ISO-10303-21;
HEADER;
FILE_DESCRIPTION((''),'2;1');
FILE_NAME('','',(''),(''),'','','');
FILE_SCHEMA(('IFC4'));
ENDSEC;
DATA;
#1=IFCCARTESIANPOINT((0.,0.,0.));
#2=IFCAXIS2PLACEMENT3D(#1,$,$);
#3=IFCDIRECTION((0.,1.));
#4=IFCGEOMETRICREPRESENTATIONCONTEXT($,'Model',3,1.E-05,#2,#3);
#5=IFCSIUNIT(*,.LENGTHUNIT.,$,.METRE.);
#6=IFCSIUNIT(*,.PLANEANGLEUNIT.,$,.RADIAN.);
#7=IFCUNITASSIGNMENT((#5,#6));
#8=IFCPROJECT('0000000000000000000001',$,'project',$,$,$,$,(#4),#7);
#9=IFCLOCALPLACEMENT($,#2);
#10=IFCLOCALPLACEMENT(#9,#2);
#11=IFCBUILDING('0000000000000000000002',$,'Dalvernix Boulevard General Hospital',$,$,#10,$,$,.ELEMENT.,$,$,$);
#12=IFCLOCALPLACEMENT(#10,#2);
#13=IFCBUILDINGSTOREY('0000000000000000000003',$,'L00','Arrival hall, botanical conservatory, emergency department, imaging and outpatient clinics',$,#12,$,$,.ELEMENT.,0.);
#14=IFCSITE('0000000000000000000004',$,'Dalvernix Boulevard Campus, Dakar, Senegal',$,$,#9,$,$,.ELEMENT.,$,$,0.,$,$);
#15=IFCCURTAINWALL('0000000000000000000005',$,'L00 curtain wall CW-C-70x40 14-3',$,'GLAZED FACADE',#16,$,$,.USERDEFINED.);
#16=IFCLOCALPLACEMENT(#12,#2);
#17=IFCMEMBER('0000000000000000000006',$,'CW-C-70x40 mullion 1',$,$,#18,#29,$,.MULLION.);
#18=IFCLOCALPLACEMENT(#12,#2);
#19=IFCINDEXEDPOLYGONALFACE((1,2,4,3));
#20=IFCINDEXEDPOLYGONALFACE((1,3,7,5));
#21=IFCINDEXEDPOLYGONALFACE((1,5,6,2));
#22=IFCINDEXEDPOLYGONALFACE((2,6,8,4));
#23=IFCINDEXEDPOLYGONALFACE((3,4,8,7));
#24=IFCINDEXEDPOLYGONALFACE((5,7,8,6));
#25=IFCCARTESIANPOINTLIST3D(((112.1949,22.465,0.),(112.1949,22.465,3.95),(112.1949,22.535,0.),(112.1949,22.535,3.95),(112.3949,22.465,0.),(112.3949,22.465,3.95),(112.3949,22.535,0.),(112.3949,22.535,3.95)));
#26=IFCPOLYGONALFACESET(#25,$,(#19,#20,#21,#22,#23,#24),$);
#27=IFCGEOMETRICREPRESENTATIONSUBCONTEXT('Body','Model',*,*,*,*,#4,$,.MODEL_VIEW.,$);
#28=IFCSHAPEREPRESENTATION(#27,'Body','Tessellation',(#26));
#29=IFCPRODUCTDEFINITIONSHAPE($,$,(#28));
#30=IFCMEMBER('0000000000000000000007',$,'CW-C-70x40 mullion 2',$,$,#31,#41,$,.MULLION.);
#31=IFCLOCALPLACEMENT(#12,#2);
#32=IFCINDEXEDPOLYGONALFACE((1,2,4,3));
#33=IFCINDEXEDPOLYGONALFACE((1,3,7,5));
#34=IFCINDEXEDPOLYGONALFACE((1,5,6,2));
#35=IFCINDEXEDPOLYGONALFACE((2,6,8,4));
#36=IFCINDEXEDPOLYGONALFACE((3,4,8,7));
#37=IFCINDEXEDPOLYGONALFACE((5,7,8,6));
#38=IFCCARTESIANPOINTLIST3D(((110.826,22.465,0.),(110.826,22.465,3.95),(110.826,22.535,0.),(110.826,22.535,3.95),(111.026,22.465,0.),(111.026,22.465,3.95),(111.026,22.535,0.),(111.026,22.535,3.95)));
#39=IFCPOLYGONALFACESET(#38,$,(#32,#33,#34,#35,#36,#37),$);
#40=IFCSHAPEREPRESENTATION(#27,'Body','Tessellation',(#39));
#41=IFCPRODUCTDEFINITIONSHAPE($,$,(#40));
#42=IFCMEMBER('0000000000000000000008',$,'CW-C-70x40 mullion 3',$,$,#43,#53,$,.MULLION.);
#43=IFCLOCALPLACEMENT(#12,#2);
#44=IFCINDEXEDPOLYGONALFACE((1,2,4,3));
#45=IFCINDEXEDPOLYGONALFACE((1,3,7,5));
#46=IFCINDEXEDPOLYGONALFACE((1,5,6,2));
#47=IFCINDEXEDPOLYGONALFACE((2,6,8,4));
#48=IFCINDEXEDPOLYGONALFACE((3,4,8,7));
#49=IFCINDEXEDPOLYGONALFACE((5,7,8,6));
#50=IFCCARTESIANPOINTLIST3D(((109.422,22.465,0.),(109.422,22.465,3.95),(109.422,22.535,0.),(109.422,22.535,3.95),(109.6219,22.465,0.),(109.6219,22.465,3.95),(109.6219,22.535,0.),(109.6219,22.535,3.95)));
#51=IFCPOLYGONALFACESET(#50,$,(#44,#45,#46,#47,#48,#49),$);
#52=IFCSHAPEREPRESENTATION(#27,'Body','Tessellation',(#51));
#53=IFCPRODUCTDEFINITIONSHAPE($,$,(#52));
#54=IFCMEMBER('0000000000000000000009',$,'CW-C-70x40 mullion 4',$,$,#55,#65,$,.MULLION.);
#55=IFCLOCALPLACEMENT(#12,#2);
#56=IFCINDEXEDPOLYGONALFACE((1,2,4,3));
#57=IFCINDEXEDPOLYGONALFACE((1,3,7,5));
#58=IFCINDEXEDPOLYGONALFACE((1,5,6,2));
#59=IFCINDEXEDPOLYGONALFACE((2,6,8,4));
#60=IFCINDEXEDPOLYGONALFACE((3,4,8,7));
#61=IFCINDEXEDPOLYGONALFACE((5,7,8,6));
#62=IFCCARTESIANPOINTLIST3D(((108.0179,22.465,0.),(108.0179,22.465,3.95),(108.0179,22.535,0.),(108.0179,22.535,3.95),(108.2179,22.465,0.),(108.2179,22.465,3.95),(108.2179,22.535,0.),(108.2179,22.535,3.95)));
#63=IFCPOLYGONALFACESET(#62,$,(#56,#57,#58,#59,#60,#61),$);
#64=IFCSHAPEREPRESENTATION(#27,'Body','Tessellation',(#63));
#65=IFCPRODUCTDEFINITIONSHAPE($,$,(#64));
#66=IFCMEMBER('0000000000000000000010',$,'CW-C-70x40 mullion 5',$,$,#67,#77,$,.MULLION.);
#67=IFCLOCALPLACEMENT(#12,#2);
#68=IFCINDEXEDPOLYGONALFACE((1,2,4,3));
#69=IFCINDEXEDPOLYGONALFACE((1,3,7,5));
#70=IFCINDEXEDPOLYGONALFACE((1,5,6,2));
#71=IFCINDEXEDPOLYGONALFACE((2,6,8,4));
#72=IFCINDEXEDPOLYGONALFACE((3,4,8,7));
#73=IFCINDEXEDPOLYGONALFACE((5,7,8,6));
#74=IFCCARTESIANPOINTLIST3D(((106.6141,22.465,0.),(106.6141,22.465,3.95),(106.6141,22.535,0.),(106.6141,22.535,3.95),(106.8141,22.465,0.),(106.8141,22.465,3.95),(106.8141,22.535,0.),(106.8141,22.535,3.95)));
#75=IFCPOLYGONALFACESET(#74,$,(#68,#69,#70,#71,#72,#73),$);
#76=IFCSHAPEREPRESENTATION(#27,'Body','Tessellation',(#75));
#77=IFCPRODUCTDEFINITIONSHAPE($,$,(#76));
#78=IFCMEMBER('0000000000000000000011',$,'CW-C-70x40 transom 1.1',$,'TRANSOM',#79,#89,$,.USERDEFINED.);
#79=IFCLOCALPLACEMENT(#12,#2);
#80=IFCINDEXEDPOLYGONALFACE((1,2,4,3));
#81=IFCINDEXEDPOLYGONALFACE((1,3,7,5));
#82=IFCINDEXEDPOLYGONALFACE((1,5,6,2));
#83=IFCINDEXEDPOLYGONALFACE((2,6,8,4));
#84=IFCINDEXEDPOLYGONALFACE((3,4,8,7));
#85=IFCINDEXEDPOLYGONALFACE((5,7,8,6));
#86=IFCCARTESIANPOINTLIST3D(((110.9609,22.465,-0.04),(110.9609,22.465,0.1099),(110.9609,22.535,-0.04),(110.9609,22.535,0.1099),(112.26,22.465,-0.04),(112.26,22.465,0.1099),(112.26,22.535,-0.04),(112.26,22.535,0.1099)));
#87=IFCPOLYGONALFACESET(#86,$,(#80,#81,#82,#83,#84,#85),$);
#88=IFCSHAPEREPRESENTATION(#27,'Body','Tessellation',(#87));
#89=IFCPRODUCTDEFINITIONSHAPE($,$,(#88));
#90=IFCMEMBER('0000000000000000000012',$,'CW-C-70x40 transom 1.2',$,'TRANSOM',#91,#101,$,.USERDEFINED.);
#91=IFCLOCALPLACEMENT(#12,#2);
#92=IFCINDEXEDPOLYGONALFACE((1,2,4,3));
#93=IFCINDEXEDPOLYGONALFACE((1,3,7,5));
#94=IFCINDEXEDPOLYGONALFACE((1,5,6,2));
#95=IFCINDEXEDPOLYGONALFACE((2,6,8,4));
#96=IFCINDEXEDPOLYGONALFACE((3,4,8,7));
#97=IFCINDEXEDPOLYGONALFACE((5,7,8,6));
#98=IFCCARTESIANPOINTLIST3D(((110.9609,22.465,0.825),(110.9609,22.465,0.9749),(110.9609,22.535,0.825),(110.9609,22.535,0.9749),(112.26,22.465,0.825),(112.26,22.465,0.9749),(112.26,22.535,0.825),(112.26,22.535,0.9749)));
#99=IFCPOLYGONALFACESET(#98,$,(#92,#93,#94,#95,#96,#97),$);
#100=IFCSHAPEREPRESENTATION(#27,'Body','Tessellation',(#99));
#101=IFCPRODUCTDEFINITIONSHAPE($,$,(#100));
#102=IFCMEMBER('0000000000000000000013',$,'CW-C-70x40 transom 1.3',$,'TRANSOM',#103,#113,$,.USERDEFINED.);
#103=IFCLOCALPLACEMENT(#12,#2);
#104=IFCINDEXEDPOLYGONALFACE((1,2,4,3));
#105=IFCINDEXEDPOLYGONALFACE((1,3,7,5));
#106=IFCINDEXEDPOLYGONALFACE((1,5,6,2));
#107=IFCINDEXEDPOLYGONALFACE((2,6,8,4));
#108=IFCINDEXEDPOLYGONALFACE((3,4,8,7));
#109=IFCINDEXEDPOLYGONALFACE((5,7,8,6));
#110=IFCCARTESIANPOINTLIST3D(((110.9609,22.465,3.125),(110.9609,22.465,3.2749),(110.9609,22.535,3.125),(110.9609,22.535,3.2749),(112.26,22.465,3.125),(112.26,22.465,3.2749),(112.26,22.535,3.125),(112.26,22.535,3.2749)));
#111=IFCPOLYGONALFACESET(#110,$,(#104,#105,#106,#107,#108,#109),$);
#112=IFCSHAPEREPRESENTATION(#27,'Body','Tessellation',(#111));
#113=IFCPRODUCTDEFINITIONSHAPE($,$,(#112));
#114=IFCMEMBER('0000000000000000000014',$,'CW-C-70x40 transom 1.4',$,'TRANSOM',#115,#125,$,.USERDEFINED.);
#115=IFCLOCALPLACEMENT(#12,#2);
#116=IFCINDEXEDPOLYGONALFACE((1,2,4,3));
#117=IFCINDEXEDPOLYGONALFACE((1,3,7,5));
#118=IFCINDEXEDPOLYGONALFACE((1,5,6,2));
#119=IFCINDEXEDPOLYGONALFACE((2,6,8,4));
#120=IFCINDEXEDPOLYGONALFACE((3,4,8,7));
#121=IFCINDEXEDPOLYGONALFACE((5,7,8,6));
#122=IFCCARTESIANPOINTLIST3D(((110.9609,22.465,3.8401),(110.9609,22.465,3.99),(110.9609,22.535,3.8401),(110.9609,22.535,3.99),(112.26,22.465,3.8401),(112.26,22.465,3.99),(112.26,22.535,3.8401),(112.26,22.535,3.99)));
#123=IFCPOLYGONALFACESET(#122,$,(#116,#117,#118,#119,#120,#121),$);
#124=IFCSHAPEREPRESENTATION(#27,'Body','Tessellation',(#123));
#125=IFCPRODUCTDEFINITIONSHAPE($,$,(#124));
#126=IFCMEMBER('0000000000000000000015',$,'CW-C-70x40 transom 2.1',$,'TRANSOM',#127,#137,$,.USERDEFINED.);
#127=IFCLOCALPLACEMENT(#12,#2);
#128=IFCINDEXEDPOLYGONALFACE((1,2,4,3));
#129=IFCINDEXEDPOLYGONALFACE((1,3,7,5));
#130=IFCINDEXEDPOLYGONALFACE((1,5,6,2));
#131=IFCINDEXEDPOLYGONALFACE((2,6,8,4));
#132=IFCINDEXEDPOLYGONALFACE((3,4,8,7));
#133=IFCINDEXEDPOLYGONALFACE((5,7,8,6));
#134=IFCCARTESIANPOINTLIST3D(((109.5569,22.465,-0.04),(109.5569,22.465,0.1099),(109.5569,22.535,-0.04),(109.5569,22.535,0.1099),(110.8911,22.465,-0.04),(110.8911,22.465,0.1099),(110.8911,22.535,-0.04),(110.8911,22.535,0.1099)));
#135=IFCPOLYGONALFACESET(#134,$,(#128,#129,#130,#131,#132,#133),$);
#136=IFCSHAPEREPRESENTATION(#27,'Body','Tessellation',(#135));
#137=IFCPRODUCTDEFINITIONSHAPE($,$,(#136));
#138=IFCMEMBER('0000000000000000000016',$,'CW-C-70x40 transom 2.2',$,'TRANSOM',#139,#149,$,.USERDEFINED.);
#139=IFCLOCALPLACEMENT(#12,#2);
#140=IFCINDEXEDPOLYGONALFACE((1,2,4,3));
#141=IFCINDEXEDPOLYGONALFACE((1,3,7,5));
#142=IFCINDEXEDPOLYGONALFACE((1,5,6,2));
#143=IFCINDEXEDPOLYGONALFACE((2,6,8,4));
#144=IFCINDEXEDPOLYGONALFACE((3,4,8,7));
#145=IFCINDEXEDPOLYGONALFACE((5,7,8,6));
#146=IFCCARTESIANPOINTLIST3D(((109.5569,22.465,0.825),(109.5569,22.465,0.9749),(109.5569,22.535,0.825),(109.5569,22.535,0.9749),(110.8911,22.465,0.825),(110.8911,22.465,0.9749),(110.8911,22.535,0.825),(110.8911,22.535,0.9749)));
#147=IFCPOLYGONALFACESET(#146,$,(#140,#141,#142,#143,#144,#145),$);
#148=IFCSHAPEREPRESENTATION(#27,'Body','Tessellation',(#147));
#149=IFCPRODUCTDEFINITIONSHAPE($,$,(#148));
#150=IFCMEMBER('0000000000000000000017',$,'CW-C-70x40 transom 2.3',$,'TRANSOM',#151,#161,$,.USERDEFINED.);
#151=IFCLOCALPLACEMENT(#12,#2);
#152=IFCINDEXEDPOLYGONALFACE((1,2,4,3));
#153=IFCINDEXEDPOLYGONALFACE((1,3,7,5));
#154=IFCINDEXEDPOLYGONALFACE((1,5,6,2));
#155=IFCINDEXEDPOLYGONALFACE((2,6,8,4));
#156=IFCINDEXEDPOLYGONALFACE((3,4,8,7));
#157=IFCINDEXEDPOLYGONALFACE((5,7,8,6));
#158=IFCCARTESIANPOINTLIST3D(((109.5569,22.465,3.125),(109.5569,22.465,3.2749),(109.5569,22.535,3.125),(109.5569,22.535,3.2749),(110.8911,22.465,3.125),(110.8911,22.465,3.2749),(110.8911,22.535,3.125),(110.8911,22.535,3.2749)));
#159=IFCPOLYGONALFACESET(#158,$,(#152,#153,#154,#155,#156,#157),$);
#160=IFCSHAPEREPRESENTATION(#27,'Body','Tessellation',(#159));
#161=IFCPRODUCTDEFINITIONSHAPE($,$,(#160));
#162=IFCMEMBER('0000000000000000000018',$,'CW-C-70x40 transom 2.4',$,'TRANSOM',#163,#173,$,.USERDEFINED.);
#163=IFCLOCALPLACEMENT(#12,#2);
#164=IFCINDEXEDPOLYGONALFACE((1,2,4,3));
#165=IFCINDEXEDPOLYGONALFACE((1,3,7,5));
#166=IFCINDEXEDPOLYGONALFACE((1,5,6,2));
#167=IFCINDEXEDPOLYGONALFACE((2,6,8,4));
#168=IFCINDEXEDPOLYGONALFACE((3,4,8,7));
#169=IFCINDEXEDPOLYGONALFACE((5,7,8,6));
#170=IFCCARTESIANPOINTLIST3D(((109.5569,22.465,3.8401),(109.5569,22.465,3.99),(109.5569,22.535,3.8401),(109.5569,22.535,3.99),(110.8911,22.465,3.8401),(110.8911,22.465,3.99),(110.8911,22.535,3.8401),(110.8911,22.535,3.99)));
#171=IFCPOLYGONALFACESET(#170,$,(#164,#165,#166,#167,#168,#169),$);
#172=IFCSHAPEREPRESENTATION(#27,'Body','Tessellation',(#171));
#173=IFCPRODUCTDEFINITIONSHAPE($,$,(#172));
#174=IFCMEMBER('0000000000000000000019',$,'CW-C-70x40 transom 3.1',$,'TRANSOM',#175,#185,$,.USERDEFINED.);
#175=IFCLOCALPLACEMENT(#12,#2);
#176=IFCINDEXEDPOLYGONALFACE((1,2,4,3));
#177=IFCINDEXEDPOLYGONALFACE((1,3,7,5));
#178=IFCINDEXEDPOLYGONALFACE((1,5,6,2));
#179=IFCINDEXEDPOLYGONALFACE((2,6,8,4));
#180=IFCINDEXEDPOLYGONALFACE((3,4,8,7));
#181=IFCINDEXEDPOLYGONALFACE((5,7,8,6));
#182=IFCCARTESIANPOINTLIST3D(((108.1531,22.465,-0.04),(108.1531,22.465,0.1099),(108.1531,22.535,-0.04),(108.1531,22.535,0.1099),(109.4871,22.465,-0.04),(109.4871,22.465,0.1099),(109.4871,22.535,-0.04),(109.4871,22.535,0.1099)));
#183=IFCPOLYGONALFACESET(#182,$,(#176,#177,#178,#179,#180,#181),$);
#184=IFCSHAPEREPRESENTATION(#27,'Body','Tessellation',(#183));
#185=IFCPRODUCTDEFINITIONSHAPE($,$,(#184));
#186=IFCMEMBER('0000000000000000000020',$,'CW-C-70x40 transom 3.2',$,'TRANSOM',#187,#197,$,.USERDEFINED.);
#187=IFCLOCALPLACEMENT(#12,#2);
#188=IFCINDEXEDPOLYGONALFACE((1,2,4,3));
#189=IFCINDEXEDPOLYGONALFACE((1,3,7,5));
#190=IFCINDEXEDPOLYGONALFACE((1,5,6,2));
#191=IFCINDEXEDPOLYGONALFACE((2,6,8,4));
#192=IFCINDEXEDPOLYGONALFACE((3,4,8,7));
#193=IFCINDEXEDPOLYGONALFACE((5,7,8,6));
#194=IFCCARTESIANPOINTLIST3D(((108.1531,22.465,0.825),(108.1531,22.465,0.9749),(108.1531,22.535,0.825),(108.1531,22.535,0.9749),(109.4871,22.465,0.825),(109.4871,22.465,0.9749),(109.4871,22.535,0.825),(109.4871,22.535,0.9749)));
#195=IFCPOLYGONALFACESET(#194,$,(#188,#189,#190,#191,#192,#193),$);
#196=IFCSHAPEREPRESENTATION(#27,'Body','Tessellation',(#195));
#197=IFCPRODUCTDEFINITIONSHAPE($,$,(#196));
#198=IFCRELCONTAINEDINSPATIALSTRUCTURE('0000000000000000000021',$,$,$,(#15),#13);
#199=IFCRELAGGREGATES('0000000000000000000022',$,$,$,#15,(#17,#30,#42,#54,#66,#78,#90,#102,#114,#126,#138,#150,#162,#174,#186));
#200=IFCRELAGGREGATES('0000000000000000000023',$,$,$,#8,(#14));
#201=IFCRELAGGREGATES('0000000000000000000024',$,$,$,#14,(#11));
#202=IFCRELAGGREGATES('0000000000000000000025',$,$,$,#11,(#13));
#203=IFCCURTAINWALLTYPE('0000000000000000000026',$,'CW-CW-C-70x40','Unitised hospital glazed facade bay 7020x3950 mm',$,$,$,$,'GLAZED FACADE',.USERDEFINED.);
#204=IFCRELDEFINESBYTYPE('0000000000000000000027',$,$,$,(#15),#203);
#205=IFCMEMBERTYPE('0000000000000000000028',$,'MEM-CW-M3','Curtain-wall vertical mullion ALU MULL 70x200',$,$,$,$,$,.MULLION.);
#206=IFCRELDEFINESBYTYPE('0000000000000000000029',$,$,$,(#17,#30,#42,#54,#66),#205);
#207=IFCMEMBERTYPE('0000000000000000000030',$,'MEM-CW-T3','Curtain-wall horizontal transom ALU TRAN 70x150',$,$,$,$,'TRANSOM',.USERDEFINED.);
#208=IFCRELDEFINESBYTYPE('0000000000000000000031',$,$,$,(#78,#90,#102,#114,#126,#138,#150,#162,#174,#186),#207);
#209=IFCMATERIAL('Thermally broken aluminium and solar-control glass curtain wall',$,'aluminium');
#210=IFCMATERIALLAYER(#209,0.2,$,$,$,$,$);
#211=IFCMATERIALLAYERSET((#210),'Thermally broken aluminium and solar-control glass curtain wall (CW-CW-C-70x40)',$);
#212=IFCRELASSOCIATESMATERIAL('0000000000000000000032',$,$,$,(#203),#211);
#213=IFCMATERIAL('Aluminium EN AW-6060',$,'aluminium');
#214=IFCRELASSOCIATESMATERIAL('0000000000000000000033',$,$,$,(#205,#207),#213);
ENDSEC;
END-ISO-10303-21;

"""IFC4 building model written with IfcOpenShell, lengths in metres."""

from ifc_helpers import new_model, si_unit, direction, frame, origin, origin_2d, place, context, subcontext, project, spatial, rectangle, extrude, material, layer, layer_set, material_profile, profile_set, type_object, element, aggregate, save


model = new_model("IFC4")

# Units and contexts
model_context = context("Model", 3, precision=1e-05, world=origin(), true_north=direction((0.0, 1.0)))
body_context = subcontext(model_context, "Body", "Model", "MODEL_VIEW")
ifc_project = project(units=[si_unit("LENGTHUNIT", "METRE"), si_unit("PLANEANGLEUNIT", "RADIAN")], contexts=[model_context])

# Site, building, storey
site_placement = place(None, origin())
site = spatial("IfcSite", under=ifc_project, at=site_placement, Name="Dalvernix Boulevard Campus, Dakar, Senegal", CompositionType="ELEMENT", RefElevation=0.0)
building_placement = place(site_placement, origin())
building = spatial("IfcBuilding", under=site, at=building_placement, Name="Dalvernix Boulevard General Hospital", CompositionType="ELEMENT")
storey_placement = place(building_placement, origin())
storey = spatial("IfcBuildingStorey", under=building, at=storey_placement, Name="L00", Description="Arrival hall, botanical conservatory, emergency department, imaging and outpatient clinics", CompositionType="ELEMENT", Elevation=0.0)

# Curtain wall, members
ifc_material_1 = material(Name="Thermally broken aluminium and solar-control glass curtain wall", Category="aluminium")
ifc_layer_1 = layer(ifc_material_1, 0.2)
ifc_layer_set_1 = layer_set([ifc_layer_1], Name="Thermally broken aluminium and solar-control glass curtain wall (CW-CW-C-70x40)")
curtain_wall_type = type_object("IfcCurtainWallType", Name="CW-CW-C-70x40", Description="Unitised hospital glazed facade bay 7020x3950 mm", ElementType="GLAZED FACADE", PredefinedType="USERDEFINED", material=ifc_layer_set_1)
curtain_wall_placement = place(storey_placement, origin())
curtain_wall = element("IfcCurtainWall", 1, at=curtain_wall_placement, inside=storey, type_object=curtain_wall_type, Name="L00 curtain wall CW-C-70x40 14-3", ObjectType="GLAZED FACADE", PredefinedType="USERDEFINED")
ifc_material_2 = material(Name="Aluminium EN AW-6060", Category="aluminium")
ifc_material_profile_1 = material_profile(ifc_material_2, rectangle(XDim=0.0701, YDim=0.2, at=origin_2d()), Name="ALU MULL 70x200")
ifc_profile_set_1 = profile_set([ifc_material_profile_1], Name="Aluminium EN AW-6060")
member_type_1 = type_object("IfcMemberType", Name="MEM-CW-M3", Description="Curtain-wall vertical mullion ALU MULL 70x200", PredefinedType="MULLION", material=ifc_profile_set_1)
member_1_placement = place(storey_placement, frame((112.2949, 22.5, 0.0), z_axis=(0.0, 0.0, 1.0), x_axis=(0.0, -1.0, 0.0)))
member_1 = element("IfcMember", 2, at=member_1_placement, type_object=member_type_1, Name="CW-C-70x40 mullion 1", PredefinedType="MULLION", context=body_context, shape_type="SweptSolid", body=[
    extrude(rectangle(XDim=0.0701, YDim=0.2, at=origin_2d()), origin(), (0.0, 0.0, 1.0), 3.95),
])
member_2_placement = place(storey_placement, frame((110.926, 22.5, 0.0), z_axis=(0.0, 0.0, 1.0), x_axis=(0.0, -1.0, 0.0)))
member_2 = element("IfcMember", 3, at=member_2_placement, type_object=member_type_1, Name="CW-C-70x40 mullion 2", PredefinedType="MULLION", context=body_context, shape_type="SweptSolid", body=[
    extrude(rectangle(XDim=0.0701, YDim=0.2, at=origin_2d()), origin(), (0.0, 0.0, 1.0), 3.95),
])
member_3_placement = place(storey_placement, frame((109.522, 22.5, 0.0), z_axis=(0.0, 0.0, 1.0), x_axis=(0.0, -1.0, 0.0)))
member_3 = element("IfcMember", 4, at=member_3_placement, type_object=member_type_1, Name="CW-C-70x40 mullion 3", PredefinedType="MULLION", context=body_context, shape_type="SweptSolid", body=[
    extrude(rectangle(XDim=0.0701, YDim=0.2, at=origin_2d()), origin(), (0.0, 0.0, 1.0), 3.95),
])
member_4_placement = place(storey_placement, frame((108.1179, 22.5, 0.0), z_axis=(0.0, 0.0, 1.0), x_axis=(0.0, -1.0, 0.0)))
member_4 = element("IfcMember", 5, at=member_4_placement, type_object=member_type_1, Name="CW-C-70x40 mullion 4", PredefinedType="MULLION", context=body_context, shape_type="SweptSolid", body=[
    extrude(rectangle(XDim=0.0701, YDim=0.2, at=origin_2d()), origin(), (0.0, 0.0, 1.0), 3.95),
])
member_5_placement = place(storey_placement, frame((106.7141, 22.5, 0.0), z_axis=(0.0, 0.0, 1.0), x_axis=(0.0, -1.0, 0.0)))
member_5 = element("IfcMember", 6, at=member_5_placement, type_object=member_type_1, Name="CW-C-70x40 mullion 5", PredefinedType="MULLION", context=body_context, shape_type="SweptSolid", body=[
    extrude(rectangle(XDim=0.0701, YDim=0.2, at=origin_2d()), origin(), (0.0, 0.0, 1.0), 3.95),
])
ifc_material_profile_2 = material_profile(ifc_material_2, rectangle(XDim=0.0701, YDim=0.1499, at=origin_2d()), Name="ALU TRAN 70x150")
ifc_profile_set_2 = profile_set([ifc_material_profile_2], Name="Aluminium EN AW-6060")
member_type_2 = type_object("IfcMemberType", Name="MEM-CW-T3", Description="Curtain-wall horizontal transom ALU TRAN 70x150", ElementType="TRANSOM", PredefinedType="USERDEFINED", material=ifc_profile_set_2)
member_6_placement = place(storey_placement, frame((112.26, 22.5, 0.0349), z_axis=(-1.0, 0.0, 0.0), x_axis=(0.0, -1.0, 0.0)))
member_6 = element("IfcMember", 7, at=member_6_placement, type_object=member_type_2, Name="CW-C-70x40 transom 1.1", ObjectType="TRANSOM", PredefinedType="USERDEFINED", context=body_context, shape_type="SweptSolid", body=[
    extrude(rectangle(XDim=0.0701, YDim=0.1499, at=origin_2d()), origin(), (0.0, 0.0, 1.0), 1.2991),
])
member_7_placement = place(storey_placement, frame((112.26, 22.5, 0.8999), z_axis=(-1.0, 0.0, 0.0), x_axis=(0.0, -1.0, 0.0)))
member_7 = element("IfcMember", 8, at=member_7_placement, type_object=member_type_2, Name="CW-C-70x40 transom 1.2", ObjectType="TRANSOM", PredefinedType="USERDEFINED", context=body_context, shape_type="SweptSolid", body=[
    extrude(rectangle(XDim=0.0701, YDim=0.1499, at=origin_2d()), origin(), (0.0, 0.0, 1.0), 1.2991),
])
member_8_placement = place(storey_placement, frame((112.26, 22.5, 3.2), z_axis=(-1.0, 0.0, 0.0), x_axis=(0.0, -1.0, 0.0)))
member_8 = element("IfcMember", 9, at=member_8_placement, type_object=member_type_2, Name="CW-C-70x40 transom 1.3", ObjectType="TRANSOM", PredefinedType="USERDEFINED", context=body_context, shape_type="SweptSolid", body=[
    extrude(rectangle(XDim=0.0701, YDim=0.1499, at=origin_2d()), origin(), (0.0, 0.0, 1.0), 1.2991),
])
member_9_placement = place(storey_placement, frame((112.26, 22.5, 3.915), z_axis=(-1.0, 0.0, 0.0), x_axis=(0.0, -1.0, 0.0)))
member_9 = element("IfcMember", 10, at=member_9_placement, type_object=member_type_2, Name="CW-C-70x40 transom 1.4", ObjectType="TRANSOM", PredefinedType="USERDEFINED", context=body_context, shape_type="SweptSolid", body=[
    extrude(rectangle(XDim=0.0701, YDim=0.1499, at=origin_2d()), origin(), (0.0, 0.0, 1.0), 1.2991),
])
member_10_placement = place(storey_placement, frame((110.8911, 22.5, 0.0349), z_axis=(-1.0, 0.0, 0.0), x_axis=(0.0, -1.0, 0.0)))
member_10 = element("IfcMember", 11, at=member_10_placement, type_object=member_type_2, Name="CW-C-70x40 transom 2.1", ObjectType="TRANSOM", PredefinedType="USERDEFINED", context=body_context, shape_type="SweptSolid", body=[
    extrude(rectangle(XDim=0.0701, YDim=0.1499, at=origin_2d()), origin(), (0.0, 0.0, 1.0), 1.3342),
])
member_11_placement = place(storey_placement, frame((110.8911, 22.5, 0.8999), z_axis=(-1.0, 0.0, 0.0), x_axis=(0.0, -1.0, 0.0)))
member_11 = element("IfcMember", 12, at=member_11_placement, type_object=member_type_2, Name="CW-C-70x40 transom 2.2", ObjectType="TRANSOM", PredefinedType="USERDEFINED", context=body_context, shape_type="SweptSolid", body=[
    extrude(rectangle(XDim=0.0701, YDim=0.1499, at=origin_2d()), origin(), (0.0, 0.0, 1.0), 1.3342),
])
member_12_placement = place(storey_placement, frame((110.8911, 22.5, 3.2), z_axis=(-1.0, 0.0, 0.0), x_axis=(0.0, -1.0, 0.0)))
member_12 = element("IfcMember", 13, at=member_12_placement, type_object=member_type_2, Name="CW-C-70x40 transom 2.3", ObjectType="TRANSOM", PredefinedType="USERDEFINED", context=body_context, shape_type="SweptSolid", body=[
    extrude(rectangle(XDim=0.0701, YDim=0.1499, at=origin_2d()), origin(), (0.0, 0.0, 1.0), 1.3342),
])
member_13_placement = place(storey_placement, frame((110.8911, 22.5, 3.915), z_axis=(-1.0, 0.0, 0.0), x_axis=(0.0, -1.0, 0.0)))
member_13 = element("IfcMember", 14, at=member_13_placement, type_object=member_type_2, Name="CW-C-70x40 transom 2.4", ObjectType="TRANSOM", PredefinedType="USERDEFINED", context=body_context, shape_type="SweptSolid", body=[
    extrude(rectangle(XDim=0.0701, YDim=0.1499, at=origin_2d()), origin(), (0.0, 0.0, 1.0), 1.3342),
])
member_14_placement = place(storey_placement, frame((109.4871, 22.5, 0.0349), z_axis=(-1.0, 0.0, 0.0), x_axis=(0.0, -1.0, 0.0)))
member_14 = element("IfcMember", 15, at=member_14_placement, type_object=member_type_2, Name="CW-C-70x40 transom 3.1", ObjectType="TRANSOM", PredefinedType="USERDEFINED", context=body_context, shape_type="SweptSolid", body=[
    extrude(rectangle(XDim=0.0701, YDim=0.1499, at=origin_2d()), origin(), (0.0, 0.0, 1.0), 1.334),
])
member_15_placement = place(storey_placement, frame((109.4871, 22.5, 0.8999), z_axis=(-1.0, 0.0, 0.0), x_axis=(0.0, -1.0, 0.0)))
member_15 = element("IfcMember", 16, at=member_15_placement, type_object=member_type_2, Name="CW-C-70x40 transom 3.2", ObjectType="TRANSOM", PredefinedType="USERDEFINED", context=body_context, shape_type="SweptSolid", body=[
    extrude(rectangle(XDim=0.0701, YDim=0.1499, at=origin_2d()), origin(), (0.0, 0.0, 1.0), 1.334),
])
aggregate(curtain_wall, [member_1, member_2, member_3, member_4, member_5, member_6, member_7, member_8, member_9, member_10, member_11, member_12, member_13, member_14, member_15])

save(model, "model.ifc")
